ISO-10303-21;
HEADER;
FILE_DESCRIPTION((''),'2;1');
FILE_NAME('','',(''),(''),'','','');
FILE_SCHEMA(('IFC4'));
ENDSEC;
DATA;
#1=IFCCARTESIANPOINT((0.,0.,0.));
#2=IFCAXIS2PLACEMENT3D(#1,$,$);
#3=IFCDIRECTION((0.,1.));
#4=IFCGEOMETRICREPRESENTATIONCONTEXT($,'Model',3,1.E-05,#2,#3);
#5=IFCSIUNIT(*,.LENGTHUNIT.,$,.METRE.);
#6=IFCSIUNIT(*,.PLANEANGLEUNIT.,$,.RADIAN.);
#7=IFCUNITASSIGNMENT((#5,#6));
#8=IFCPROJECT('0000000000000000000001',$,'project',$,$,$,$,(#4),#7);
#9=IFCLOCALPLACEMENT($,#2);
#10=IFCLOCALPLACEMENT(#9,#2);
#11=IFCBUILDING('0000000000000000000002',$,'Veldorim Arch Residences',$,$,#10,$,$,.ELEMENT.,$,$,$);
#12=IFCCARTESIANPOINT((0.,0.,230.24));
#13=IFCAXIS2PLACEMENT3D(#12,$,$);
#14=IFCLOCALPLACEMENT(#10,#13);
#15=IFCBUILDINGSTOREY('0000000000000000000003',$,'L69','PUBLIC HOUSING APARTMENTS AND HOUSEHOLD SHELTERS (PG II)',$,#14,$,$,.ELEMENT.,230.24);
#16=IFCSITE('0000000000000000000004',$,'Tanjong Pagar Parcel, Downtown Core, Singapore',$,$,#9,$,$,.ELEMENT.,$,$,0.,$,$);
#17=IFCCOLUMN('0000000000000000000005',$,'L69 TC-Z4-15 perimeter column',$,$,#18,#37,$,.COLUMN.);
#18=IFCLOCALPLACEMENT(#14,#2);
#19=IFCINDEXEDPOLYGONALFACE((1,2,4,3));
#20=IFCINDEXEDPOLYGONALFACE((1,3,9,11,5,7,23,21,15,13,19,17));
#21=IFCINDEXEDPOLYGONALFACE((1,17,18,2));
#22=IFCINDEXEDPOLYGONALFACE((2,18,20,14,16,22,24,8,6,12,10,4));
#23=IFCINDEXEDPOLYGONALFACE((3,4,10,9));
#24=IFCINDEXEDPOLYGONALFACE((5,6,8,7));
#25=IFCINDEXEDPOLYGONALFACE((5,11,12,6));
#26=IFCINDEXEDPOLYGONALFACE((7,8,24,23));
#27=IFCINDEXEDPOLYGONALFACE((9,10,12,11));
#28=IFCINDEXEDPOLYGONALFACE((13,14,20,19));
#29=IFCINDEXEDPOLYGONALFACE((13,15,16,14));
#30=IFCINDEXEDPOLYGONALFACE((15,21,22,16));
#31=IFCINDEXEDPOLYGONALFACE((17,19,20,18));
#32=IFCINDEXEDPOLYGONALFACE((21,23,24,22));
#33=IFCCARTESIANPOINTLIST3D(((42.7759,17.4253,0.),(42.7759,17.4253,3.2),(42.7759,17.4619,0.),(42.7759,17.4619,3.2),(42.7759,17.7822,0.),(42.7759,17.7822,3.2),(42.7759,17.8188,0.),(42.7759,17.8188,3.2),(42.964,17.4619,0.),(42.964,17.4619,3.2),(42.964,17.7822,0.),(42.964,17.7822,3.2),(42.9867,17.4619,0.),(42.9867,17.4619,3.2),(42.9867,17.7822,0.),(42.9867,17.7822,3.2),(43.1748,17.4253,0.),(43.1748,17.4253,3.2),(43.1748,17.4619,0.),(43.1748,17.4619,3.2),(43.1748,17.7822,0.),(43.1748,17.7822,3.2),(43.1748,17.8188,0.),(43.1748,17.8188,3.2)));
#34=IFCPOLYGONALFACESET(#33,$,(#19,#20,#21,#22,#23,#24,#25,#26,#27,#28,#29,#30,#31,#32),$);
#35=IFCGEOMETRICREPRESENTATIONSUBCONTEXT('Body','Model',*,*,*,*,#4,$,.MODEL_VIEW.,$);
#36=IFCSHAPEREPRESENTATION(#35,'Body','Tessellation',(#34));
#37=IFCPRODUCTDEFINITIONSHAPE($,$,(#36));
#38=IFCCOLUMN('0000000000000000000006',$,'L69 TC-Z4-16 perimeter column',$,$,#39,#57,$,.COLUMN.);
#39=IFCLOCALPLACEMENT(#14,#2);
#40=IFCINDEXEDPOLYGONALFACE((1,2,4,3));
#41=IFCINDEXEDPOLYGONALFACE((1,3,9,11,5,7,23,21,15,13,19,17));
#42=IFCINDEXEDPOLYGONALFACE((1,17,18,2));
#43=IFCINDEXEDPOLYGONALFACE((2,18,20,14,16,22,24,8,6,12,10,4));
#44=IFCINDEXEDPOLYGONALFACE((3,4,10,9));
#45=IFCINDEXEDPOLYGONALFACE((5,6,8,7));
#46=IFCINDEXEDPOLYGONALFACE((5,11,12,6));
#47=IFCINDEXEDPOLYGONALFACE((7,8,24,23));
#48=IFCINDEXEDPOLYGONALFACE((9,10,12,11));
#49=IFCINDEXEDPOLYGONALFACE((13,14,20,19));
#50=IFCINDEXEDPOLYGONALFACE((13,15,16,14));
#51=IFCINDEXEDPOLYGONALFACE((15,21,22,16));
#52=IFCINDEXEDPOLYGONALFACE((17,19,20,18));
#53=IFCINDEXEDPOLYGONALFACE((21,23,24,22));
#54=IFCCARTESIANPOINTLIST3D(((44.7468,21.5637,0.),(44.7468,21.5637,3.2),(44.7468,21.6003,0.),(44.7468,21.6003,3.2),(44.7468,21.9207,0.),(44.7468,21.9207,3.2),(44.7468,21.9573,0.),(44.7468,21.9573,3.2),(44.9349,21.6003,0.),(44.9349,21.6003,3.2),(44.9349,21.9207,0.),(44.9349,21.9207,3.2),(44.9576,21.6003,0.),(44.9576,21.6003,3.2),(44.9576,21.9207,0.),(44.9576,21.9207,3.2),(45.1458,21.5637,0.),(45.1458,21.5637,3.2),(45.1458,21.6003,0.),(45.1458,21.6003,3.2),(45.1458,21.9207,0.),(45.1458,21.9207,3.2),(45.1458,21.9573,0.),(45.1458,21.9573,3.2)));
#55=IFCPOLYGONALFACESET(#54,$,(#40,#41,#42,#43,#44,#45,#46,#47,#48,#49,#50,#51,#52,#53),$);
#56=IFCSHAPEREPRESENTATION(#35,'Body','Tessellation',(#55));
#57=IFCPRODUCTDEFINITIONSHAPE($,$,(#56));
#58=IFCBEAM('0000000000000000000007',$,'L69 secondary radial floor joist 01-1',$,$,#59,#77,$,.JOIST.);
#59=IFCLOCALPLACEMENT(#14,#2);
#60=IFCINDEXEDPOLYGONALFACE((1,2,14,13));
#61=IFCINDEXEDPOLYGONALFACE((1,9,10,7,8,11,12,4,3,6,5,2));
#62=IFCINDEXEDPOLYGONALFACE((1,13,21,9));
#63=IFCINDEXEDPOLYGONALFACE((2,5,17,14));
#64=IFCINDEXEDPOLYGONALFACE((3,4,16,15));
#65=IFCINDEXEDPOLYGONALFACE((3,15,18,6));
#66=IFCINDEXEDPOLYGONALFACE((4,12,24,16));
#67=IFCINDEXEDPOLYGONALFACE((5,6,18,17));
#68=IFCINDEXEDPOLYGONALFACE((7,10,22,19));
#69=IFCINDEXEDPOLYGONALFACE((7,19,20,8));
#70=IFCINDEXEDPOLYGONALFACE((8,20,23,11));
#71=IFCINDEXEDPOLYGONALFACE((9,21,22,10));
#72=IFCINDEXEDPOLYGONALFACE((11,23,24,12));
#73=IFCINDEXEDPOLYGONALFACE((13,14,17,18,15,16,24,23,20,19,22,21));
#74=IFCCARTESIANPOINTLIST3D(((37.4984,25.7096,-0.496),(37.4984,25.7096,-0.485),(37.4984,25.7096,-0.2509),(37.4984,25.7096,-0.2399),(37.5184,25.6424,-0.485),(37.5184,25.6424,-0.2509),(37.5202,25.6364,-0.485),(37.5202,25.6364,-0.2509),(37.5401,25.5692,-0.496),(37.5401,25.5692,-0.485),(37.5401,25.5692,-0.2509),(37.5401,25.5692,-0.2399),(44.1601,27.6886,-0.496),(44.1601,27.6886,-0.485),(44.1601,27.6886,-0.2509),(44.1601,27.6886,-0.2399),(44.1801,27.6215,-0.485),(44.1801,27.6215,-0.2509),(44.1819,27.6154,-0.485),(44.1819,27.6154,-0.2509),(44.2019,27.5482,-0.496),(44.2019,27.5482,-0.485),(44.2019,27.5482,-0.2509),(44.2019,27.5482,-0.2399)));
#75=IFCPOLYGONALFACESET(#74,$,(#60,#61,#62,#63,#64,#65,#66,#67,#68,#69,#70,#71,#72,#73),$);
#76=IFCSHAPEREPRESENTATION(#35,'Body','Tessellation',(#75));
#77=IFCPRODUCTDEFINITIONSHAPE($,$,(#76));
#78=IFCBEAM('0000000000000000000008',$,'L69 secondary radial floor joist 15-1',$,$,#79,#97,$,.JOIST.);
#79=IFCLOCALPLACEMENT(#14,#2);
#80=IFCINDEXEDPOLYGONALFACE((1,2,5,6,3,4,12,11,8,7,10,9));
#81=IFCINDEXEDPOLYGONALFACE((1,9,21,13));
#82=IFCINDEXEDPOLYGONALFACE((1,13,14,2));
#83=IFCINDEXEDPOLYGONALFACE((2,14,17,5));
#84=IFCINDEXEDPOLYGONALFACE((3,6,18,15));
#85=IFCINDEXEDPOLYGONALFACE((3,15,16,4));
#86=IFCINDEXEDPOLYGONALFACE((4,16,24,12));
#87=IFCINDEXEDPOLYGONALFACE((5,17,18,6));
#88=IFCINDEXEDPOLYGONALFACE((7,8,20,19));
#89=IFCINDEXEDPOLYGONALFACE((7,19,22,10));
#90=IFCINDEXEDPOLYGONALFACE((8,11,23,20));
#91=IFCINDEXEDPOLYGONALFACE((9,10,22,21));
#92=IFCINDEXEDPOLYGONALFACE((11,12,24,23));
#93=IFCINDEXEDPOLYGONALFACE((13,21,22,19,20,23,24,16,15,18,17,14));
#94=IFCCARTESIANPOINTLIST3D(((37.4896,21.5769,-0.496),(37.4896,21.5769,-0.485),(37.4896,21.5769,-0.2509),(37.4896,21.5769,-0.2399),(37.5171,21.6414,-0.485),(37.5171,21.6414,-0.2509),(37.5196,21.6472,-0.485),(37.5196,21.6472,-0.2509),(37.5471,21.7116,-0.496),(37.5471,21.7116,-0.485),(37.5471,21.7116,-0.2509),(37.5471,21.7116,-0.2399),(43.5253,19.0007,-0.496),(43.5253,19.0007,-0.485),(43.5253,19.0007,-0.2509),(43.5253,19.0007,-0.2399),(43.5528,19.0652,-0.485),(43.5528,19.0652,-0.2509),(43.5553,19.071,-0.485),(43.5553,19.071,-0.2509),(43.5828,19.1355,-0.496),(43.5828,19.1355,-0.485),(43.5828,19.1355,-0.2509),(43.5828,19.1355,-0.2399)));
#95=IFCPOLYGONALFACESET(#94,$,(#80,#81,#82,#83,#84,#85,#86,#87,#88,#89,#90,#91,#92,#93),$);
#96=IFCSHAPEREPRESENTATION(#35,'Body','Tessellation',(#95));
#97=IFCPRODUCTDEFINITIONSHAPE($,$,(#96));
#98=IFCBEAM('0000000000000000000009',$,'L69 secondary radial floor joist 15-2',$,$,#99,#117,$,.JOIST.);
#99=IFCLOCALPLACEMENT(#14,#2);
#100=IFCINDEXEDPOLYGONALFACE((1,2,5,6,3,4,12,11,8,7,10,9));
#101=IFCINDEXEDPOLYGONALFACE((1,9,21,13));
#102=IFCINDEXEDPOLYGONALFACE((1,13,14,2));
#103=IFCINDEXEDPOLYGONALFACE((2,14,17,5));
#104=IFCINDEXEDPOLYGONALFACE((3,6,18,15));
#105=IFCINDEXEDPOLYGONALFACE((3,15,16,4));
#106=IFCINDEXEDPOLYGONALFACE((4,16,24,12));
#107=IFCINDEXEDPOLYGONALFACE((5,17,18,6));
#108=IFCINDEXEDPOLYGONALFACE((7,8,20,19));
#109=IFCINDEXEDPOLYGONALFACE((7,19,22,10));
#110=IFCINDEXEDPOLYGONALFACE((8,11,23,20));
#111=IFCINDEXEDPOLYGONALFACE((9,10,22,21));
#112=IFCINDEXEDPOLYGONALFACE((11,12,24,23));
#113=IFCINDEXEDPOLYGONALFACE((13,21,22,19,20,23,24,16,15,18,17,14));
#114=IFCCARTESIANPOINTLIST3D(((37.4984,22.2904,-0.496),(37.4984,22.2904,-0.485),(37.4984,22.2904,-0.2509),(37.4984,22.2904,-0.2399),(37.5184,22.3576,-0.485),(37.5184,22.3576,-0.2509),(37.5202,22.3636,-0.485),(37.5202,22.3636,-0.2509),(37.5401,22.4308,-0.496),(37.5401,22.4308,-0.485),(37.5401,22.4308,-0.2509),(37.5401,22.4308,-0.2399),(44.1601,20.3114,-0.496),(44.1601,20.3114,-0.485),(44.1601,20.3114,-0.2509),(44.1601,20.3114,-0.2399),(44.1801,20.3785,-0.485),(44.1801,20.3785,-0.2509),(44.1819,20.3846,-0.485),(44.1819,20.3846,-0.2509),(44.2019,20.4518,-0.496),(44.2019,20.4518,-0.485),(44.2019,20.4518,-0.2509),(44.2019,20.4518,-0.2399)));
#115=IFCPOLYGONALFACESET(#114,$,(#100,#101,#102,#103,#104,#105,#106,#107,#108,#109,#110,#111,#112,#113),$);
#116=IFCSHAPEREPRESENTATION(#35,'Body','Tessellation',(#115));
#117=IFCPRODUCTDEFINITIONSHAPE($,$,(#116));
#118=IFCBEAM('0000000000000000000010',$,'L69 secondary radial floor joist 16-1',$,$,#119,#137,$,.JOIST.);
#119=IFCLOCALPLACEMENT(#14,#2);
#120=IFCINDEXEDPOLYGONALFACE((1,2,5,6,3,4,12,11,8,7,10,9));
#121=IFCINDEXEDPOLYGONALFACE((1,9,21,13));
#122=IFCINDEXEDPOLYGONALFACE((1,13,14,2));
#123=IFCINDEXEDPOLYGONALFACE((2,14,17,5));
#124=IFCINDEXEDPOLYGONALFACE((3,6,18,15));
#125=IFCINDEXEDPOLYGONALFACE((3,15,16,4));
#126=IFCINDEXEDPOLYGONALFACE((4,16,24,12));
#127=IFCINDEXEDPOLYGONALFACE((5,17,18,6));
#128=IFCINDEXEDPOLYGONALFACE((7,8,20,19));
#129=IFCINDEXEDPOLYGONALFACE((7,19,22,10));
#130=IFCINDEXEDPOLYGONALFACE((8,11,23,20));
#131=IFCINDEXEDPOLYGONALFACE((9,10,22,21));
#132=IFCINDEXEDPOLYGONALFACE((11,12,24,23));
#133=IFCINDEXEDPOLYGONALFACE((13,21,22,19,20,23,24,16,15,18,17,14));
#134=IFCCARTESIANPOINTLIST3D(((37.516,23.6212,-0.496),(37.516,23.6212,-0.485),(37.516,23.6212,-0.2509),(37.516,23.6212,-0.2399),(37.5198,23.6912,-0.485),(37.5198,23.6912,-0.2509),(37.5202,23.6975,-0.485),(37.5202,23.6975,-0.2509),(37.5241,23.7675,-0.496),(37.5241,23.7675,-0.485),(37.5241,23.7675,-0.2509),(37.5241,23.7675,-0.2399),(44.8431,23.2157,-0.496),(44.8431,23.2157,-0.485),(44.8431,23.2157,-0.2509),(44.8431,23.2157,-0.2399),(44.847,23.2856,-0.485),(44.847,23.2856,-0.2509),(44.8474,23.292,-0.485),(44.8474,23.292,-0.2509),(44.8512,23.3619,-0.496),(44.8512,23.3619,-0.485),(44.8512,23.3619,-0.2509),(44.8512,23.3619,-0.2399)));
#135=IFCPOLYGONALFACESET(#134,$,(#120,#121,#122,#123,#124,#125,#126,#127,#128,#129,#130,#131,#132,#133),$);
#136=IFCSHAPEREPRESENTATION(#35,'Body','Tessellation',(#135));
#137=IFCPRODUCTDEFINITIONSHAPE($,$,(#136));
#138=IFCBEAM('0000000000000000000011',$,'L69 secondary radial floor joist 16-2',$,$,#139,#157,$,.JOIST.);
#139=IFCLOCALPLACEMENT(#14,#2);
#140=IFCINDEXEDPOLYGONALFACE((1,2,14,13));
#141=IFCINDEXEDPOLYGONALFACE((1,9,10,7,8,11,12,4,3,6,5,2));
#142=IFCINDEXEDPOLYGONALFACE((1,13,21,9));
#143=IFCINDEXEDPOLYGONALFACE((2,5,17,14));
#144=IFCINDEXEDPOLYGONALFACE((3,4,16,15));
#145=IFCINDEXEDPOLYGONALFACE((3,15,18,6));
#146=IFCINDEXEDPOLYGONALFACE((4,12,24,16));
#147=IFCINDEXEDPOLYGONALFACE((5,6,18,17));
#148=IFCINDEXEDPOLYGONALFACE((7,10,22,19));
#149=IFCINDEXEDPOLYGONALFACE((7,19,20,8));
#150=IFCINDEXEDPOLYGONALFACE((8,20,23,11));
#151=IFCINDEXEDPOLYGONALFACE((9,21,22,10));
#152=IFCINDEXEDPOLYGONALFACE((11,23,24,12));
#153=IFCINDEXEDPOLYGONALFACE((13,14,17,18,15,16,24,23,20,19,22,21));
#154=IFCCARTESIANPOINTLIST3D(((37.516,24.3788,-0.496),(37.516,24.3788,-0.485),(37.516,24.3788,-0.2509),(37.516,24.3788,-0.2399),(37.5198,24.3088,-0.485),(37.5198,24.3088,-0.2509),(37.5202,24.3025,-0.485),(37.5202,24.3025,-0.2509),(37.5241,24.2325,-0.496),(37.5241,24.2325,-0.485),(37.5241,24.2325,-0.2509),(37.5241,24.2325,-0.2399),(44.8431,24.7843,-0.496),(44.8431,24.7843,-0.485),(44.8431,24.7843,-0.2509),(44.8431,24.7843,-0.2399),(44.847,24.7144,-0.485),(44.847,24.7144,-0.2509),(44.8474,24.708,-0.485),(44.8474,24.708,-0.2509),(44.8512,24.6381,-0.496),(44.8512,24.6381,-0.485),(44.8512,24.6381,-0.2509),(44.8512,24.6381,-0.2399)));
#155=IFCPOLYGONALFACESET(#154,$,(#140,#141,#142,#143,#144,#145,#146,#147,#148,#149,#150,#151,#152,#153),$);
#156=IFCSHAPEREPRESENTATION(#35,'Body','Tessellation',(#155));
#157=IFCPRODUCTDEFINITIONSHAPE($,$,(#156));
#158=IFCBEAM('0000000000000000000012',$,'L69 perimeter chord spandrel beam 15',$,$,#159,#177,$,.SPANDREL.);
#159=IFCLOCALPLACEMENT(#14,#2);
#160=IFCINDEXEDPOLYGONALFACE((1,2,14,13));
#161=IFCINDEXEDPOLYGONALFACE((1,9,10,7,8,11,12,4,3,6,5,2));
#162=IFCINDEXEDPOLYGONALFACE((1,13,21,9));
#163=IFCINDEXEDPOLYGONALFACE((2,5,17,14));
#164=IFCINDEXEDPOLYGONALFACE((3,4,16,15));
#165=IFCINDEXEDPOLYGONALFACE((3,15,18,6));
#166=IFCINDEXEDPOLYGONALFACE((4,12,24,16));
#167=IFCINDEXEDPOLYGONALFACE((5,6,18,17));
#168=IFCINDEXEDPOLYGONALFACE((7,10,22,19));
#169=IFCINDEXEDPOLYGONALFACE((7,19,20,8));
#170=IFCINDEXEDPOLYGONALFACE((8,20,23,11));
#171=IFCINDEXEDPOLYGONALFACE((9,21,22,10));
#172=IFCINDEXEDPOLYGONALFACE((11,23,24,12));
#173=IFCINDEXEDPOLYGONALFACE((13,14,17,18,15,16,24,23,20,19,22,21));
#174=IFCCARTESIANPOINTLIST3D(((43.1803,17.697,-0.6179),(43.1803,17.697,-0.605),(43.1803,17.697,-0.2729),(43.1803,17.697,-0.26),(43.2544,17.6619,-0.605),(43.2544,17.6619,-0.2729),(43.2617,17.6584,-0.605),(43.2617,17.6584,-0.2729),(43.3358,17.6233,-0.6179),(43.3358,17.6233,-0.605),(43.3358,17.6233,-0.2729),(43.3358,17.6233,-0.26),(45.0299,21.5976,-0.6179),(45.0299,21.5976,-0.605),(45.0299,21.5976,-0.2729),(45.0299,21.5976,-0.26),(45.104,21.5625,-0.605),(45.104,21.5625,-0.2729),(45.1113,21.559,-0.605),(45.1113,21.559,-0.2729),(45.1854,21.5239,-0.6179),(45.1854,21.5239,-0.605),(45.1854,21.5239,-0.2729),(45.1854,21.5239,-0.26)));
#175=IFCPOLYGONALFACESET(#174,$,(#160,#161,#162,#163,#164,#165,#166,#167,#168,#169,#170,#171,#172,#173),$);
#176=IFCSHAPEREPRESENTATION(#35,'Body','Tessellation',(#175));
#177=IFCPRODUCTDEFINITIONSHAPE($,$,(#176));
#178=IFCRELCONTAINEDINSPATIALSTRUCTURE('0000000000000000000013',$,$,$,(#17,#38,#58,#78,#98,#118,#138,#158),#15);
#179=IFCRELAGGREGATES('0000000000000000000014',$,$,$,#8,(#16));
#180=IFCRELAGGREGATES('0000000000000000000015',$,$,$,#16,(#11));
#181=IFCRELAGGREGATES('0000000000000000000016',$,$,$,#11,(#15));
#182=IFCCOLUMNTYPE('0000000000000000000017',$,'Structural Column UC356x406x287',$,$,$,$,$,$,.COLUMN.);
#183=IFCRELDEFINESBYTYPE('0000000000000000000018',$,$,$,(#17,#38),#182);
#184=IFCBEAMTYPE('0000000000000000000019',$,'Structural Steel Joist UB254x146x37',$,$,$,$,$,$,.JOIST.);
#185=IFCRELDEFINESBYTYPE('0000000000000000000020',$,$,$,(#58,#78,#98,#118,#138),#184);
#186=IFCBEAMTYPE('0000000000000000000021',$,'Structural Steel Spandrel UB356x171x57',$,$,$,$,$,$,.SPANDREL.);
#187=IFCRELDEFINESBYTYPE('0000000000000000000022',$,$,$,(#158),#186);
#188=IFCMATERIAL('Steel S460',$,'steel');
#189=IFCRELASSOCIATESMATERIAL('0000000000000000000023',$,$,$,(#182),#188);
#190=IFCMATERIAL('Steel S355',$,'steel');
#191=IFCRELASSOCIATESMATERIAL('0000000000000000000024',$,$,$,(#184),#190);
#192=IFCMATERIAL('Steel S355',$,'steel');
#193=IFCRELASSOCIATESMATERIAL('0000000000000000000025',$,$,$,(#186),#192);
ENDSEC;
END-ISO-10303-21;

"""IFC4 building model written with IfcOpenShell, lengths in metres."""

from ifc_helpers import new_model, si_unit, direction, frame, origin, origin_2d, place, context, subcontext, project, spatial, i_section, extrude, material, material_profile, profile_set, type_object, element, save


model = new_model("IFC4")

# Units and contexts
model_context = context("Model", 3, precision=1e-05, world=origin(), true_north=direction((0.0, 1.0)))
body_context = subcontext(model_context, "Body", "Model", "MODEL_VIEW")
ifc_project = project(units=[si_unit("LENGTHUNIT", "METRE"), si_unit("PLANEANGLEUNIT", "RADIAN")], contexts=[model_context])

# Site, building, storey
site_placement = place(None, origin())
site = spatial("IfcSite", under=ifc_project, at=site_placement, Name="Tanjong Pagar Parcel, Downtown Core, Singapore", CompositionType="ELEMENT", RefElevation=0.0)
building_placement = place(site_placement, origin())
building = spatial("IfcBuilding", under=site, at=building_placement, Name="Veldorim Arch Residences", CompositionType="ELEMENT")
storey_placement = place(building_placement, frame((0.0, 0.0, 230.24)))
storey = spatial("IfcBuildingStorey", under=building, at=storey_placement, Name="L69", Description="PUBLIC HOUSING APARTMENTS AND HOUSEHOLD SHELTERS (PG II)", CompositionType="ELEMENT", Elevation=230.24)

# Columns
ifc_material_1 = material(Name="Steel S460", Category="steel")
ifc_material_profile_1 = material_profile(ifc_material_1, i_section(OverallWidth=0.3989, OverallDepth=0.3936, WebThickness=0.0227, FlangeThickness=0.0366, at=origin_2d()), Name="UC356x406x287")
ifc_profile_set_1 = profile_set([ifc_material_profile_1], Name="Steel S460")
column_type = type_object("IfcColumnType", Name="Structural Column UC356x406x287", PredefinedType="COLUMN", material=ifc_profile_set_1)
for number, where, z_axis, x_axis, name in (
    (1, (42.9753, 17.6221, 0.0), (0.0, 0.0, 1.0), (1.0, 0.0, 0.0), "L69 TC-Z4-15 perimeter column"),
    (2, (44.9463, 21.7605, 0.0), (0.0, 0.0, 1.0), (1.0, 0.0, 0.0), "L69 TC-Z4-16 perimeter column"),
):
    element("IfcColumn", number, at=place(storey_placement, frame(where, z_axis=z_axis, x_axis=x_axis)), inside=storey, type_object=column_type, Name=name, PredefinedType="COLUMN", context=body_context, shape_type="SweptSolid", body=[
        extrude(i_section(OverallWidth=0.3989, OverallDepth=0.3936, WebThickness=0.0227, FlangeThickness=0.0366, at=origin_2d()), origin(), (0.0, 0.0, 1.0), 3.2),
    ])

# Beams
ifc_material_2 = material(Name="Steel S355", Category="steel")
ifc_material_profile_2 = material_profile(ifc_material_2, i_section(OverallWidth=0.1465, OverallDepth=0.2561, WebThickness=0.0063, FlangeThickness=0.011, at=origin_2d()), Name="UB254x146x37")
ifc_profile_set_2 = profile_set([ifc_material_profile_2], Name="Steel S355")
beam_type_1 = type_object("IfcBeamType", Name="Structural Steel Joist UB254x146x37", PredefinedType="JOIST", material=ifc_profile_set_2)
beam_1_placement = place(storey_placement, frame((37.5193, 25.6394, -0.3679), z_axis=(0.958594, 0.284775, 0.0), x_axis=(-0.284775, 0.958594, 0.0)))
element("IfcBeam", 3, at=beam_1_placement, inside=storey, type_object=beam_type_1, Name="L69 secondary radial floor joist 01-1", PredefinedType="JOIST", context=body_context, shape_type="SweptSolid", body=[
    extrude(i_section(OverallWidth=0.1465, OverallDepth=0.2561, WebThickness=0.0063, FlangeThickness=0.011, at=origin_2d()), origin(), (0.0, 0.0, 1.0), 6.9495),
])
beam_2_placement = place(storey_placement, frame((37.5183, 21.6443, -0.3679), z_axis=(0.919725, -0.392563, 0.0), x_axis=(0.392563, 0.919725, 0.0)))
element("IfcBeam", 4, at=beam_2_placement, inside=storey, type_object=beam_type_1, Name="L69 secondary radial floor joist 15-1", PredefinedType="JOIST", context=body_context, shape_type="SweptSolid", body=[
    extrude(i_section(OverallWidth=0.1465, OverallDepth=0.2561, WebThickness=0.0063, FlangeThickness=0.011, at=origin_2d()), origin(), (0.0, 0.0, 1.0), 6.5625),
])
beam_3_placement = place(storey_placement, frame((37.5193, 22.3606, -0.3679), z_axis=(0.958594, -0.284775, 0.0), x_axis=(0.284775, 0.958594, 0.0)))
element("IfcBeam", 5, at=beam_3_placement, inside=storey, type_object=beam_type_1, Name="L69 secondary radial floor joist 15-2", PredefinedType="JOIST", context=body_context, shape_type="SweptSolid", body=[
    extrude(i_section(OverallWidth=0.1465, OverallDepth=0.2561, WebThickness=0.0063, FlangeThickness=0.011, at=origin_2d()), origin(), (0.0, 0.0, 1.0), 6.9495),
])
for number, where, z_axis, x_axis, name in (
    (6, (37.52, 23.6943, -0.3679), (0.998472, -0.05526, 0.0), (0.05526, 0.998472, 0.0), "L69 secondary radial floor joist 16-1"),
    (7, (37.52, 24.3057, -0.3679), (0.998472, 0.05526, 0.0), (-0.05526, 0.998472, 0.0), "L69 secondary radial floor joist 16-2"),
):
    element("IfcBeam", number, at=place(storey_placement, frame(where, z_axis=z_axis, x_axis=x_axis)), inside=storey, type_object=beam_type_1, Name=name, PredefinedType="JOIST", context=body_context, shape_type="SweptSolid", body=[
        extrude(i_section(OverallWidth=0.1465, OverallDepth=0.2561, WebThickness=0.0063, FlangeThickness=0.011, at=origin_2d()), origin(), (0.0, 0.0, 1.0), 7.3384),
    ])
ifc_material_3 = material(Name="Steel S355", Category="steel")
ifc_material_profile_3 = material_profile(ifc_material_3, i_section(OverallWidth=0.1721, OverallDepth=0.3579, WebThickness=0.0081, FlangeThickness=0.0129, at=origin_2d()), Name="UB356x171x57")
ifc_profile_set_3 = profile_set([ifc_material_profile_3], Name="Steel S355")
beam_type_2 = type_object("IfcBeamType", Name="Structural Steel Spandrel UB356x171x57", PredefinedType="SPANDREL", material=ifc_profile_set_3)
beam_4_placement = place(storey_placement, frame((43.2581, 17.6602, -0.439), z_axis=(0.428453, 0.903564, 0.0), x_axis=(-0.903564, 0.428453, 0.0)))
element("IfcBeam", 8, at=beam_4_placement, inside=storey, type_object=beam_type_2, Name="L69 perimeter chord spandrel beam 15", PredefinedType="SPANDREL", context=body_context, shape_type="SweptSolid", body=[
    extrude(i_section(OverallWidth=0.1721, OverallDepth=0.3579, WebThickness=0.0081, FlangeThickness=0.0129, at=origin_2d()), origin(), (0.0, 0.0, 1.0), 4.3169),
])

save(model, "model.ifc")
